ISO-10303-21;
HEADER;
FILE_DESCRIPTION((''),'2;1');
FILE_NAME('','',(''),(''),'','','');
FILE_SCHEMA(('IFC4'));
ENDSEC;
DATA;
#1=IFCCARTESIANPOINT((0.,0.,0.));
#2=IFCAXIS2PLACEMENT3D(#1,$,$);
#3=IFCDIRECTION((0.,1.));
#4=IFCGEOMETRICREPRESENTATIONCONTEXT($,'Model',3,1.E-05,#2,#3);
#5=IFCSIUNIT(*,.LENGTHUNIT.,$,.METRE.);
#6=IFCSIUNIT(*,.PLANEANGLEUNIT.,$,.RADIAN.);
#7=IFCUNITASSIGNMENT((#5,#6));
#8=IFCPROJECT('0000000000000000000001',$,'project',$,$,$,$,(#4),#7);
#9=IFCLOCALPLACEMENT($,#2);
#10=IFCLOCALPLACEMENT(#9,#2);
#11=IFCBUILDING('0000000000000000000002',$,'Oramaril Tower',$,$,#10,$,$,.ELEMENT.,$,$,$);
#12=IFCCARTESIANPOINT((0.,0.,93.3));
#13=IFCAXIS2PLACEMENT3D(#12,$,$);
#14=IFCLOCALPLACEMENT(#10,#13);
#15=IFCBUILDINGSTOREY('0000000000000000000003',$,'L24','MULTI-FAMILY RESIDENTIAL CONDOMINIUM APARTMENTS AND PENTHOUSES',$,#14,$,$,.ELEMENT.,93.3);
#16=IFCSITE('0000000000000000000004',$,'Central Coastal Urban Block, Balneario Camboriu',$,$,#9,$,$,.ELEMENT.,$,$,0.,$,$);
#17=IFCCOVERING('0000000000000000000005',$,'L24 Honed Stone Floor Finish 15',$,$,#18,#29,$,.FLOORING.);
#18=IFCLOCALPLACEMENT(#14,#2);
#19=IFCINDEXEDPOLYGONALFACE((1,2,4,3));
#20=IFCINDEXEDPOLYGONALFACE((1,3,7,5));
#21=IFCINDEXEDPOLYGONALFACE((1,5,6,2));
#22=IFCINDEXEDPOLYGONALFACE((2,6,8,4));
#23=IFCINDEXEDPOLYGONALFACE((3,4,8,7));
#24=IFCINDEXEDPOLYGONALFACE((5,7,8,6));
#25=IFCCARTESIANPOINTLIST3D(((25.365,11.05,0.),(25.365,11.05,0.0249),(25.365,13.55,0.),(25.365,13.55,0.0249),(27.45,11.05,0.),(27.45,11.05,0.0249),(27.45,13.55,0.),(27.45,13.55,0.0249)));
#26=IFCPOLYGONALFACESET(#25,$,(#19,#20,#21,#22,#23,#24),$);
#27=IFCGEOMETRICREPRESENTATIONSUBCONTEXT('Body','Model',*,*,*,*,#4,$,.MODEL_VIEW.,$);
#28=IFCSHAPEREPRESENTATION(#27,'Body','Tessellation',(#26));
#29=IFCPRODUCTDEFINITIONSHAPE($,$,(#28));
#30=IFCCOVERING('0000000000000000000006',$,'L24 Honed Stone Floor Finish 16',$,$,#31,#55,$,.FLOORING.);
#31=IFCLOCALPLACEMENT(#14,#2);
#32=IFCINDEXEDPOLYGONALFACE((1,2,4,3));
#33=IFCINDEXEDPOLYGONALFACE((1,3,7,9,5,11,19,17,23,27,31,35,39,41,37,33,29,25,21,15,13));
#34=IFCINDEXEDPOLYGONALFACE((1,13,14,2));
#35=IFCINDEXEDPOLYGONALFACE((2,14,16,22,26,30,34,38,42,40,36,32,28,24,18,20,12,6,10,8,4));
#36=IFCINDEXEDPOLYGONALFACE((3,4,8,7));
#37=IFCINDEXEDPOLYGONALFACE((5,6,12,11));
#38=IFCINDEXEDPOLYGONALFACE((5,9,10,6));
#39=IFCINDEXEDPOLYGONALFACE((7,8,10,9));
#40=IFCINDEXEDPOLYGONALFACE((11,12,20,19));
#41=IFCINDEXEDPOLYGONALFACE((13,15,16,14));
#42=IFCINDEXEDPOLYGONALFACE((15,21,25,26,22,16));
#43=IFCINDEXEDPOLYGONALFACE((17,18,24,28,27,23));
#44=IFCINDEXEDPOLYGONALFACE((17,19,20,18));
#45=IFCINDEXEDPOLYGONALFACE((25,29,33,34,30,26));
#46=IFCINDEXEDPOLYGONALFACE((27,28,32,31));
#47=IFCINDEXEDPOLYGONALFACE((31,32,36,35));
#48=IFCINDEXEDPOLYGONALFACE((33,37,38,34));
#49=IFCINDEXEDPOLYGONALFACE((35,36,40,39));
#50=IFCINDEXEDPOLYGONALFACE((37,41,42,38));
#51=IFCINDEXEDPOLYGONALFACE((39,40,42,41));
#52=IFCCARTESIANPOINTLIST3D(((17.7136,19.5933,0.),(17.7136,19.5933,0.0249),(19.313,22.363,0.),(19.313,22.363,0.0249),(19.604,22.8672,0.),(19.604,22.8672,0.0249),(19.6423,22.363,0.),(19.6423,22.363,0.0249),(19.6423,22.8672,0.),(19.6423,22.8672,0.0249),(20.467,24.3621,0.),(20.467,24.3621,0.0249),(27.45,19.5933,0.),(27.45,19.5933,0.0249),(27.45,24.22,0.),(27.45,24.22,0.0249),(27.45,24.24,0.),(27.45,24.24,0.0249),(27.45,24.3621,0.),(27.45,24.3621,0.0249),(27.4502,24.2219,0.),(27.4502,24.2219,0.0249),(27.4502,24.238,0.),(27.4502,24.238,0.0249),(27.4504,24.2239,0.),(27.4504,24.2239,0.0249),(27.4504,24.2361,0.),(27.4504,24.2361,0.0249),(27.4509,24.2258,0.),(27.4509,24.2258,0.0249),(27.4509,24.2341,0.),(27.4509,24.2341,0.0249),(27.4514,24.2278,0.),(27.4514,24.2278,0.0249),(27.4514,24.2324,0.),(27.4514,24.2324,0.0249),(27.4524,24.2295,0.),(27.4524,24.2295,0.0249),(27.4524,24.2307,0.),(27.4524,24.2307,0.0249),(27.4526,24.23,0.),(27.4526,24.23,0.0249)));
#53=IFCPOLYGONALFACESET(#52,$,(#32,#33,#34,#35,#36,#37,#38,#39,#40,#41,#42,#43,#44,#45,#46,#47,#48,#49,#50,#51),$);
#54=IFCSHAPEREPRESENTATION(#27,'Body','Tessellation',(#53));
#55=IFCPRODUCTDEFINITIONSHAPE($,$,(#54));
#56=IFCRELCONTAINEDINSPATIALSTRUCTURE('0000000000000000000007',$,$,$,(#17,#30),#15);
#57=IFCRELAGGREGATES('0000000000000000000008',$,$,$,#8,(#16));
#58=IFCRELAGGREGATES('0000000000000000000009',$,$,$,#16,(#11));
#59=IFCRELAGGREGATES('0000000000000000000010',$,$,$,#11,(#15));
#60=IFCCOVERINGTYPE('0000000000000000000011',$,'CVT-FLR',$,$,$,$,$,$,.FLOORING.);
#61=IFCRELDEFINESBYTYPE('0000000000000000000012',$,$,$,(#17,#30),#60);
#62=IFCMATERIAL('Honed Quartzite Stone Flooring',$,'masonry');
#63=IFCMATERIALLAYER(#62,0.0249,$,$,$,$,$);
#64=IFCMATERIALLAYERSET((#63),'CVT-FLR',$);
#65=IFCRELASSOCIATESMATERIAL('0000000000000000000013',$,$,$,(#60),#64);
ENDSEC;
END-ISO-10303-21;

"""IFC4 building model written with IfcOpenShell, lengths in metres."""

from ifc_helpers import new_model, si_unit, direction, frame, origin, place, context, subcontext, project, spatial, polyline, outline, extrude, material, layer, layer_set, type_object, element, save


model = new_model("IFC4")

# Units and contexts
model_context = context("Model", 3, precision=1e-05, world=origin(), true_north=direction((0.0, 1.0)))
body_context = subcontext(model_context, "Body", "Model", "MODEL_VIEW")
ifc_project = project(units=[si_unit("LENGTHUNIT", "METRE"), si_unit("PLANEANGLEUNIT", "RADIAN")], contexts=[model_context])

# Site, building, storey
site_placement = place(None, origin())
site = spatial("IfcSite", under=ifc_project, at=site_placement, Name="Central Coastal Urban Block, Balneario Camboriu", CompositionType="ELEMENT", RefElevation=0.0)
building_placement = place(site_placement, origin())
building = spatial("IfcBuilding", under=site, at=building_placement, Name="Oramaril Tower", CompositionType="ELEMENT")
storey_placement = place(building_placement, frame((0.0, 0.0, 93.3)))
storey = spatial("IfcBuildingStorey", under=building, at=storey_placement, Name="L24", Description="MULTI-FAMILY RESIDENTIAL CONDOMINIUM APARTMENTS AND PENTHOUSES", CompositionType="ELEMENT", Elevation=93.3)

# Coverings
ifc_material_1 = material(Name="Honed Quartzite Stone Flooring", Category="masonry")
ifc_layer_1 = layer(ifc_material_1, 0.0249)
ifc_layer_set_1 = layer_set([ifc_layer_1], Name="CVT-FLR")
covering_type_1 = type_object("IfcCoveringType", Name="CVT-FLR", PredefinedType="FLOORING", material=ifc_layer_set_1)
covering_1_placement = place(storey_placement, origin())
element("IfcCovering", 1, at=covering_1_placement, inside=storey, type_object=covering_type_1, Name="L24 Honed Stone Floor Finish 15", PredefinedType="FLOORING", context=body_context, shape_type="SweptSolid", body=[
    extrude(outline(polyline([(25.365, 13.55), (27.45, 13.55), (27.45, 11.05), (25.365, 11.05), (25.365, 13.55)])), origin(), (0.0, 0.0, 1.0), 0.0249),
])
covering_2_placement = place(storey_placement, origin())
element("IfcCovering", 2, at=covering_2_placement, inside=storey, type_object=covering_type_1, Name="L24 Honed Stone Floor Finish 16", PredefinedType="FLOORING", context=body_context, shape_type="SweptSolid", body=[
    extrude(outline(polyline([(17.7136, 19.5933), (19.313, 22.363), (19.6423, 22.363), (19.6423, 22.8672), (19.604, 22.8672), (20.467, 24.3621), (27.45, 24.3621), (27.45, 24.24), (27.4502, 24.238), (27.4504, 24.2361), (27.4509, 24.2341), (27.4514, 24.2324), (27.4524, 24.2307), (27.4526, 24.23), (27.4524, 24.2295), (27.4514, 24.2278), (27.4509, 24.2258), (27.4504, 24.2239), (27.4502, 24.2219), (27.45, 24.22), (27.45, 19.5933), (17.7136, 19.5933)])), origin(), (0.0, 0.0, 1.0), 0.0249),
])

save(model, "model.ifc")
